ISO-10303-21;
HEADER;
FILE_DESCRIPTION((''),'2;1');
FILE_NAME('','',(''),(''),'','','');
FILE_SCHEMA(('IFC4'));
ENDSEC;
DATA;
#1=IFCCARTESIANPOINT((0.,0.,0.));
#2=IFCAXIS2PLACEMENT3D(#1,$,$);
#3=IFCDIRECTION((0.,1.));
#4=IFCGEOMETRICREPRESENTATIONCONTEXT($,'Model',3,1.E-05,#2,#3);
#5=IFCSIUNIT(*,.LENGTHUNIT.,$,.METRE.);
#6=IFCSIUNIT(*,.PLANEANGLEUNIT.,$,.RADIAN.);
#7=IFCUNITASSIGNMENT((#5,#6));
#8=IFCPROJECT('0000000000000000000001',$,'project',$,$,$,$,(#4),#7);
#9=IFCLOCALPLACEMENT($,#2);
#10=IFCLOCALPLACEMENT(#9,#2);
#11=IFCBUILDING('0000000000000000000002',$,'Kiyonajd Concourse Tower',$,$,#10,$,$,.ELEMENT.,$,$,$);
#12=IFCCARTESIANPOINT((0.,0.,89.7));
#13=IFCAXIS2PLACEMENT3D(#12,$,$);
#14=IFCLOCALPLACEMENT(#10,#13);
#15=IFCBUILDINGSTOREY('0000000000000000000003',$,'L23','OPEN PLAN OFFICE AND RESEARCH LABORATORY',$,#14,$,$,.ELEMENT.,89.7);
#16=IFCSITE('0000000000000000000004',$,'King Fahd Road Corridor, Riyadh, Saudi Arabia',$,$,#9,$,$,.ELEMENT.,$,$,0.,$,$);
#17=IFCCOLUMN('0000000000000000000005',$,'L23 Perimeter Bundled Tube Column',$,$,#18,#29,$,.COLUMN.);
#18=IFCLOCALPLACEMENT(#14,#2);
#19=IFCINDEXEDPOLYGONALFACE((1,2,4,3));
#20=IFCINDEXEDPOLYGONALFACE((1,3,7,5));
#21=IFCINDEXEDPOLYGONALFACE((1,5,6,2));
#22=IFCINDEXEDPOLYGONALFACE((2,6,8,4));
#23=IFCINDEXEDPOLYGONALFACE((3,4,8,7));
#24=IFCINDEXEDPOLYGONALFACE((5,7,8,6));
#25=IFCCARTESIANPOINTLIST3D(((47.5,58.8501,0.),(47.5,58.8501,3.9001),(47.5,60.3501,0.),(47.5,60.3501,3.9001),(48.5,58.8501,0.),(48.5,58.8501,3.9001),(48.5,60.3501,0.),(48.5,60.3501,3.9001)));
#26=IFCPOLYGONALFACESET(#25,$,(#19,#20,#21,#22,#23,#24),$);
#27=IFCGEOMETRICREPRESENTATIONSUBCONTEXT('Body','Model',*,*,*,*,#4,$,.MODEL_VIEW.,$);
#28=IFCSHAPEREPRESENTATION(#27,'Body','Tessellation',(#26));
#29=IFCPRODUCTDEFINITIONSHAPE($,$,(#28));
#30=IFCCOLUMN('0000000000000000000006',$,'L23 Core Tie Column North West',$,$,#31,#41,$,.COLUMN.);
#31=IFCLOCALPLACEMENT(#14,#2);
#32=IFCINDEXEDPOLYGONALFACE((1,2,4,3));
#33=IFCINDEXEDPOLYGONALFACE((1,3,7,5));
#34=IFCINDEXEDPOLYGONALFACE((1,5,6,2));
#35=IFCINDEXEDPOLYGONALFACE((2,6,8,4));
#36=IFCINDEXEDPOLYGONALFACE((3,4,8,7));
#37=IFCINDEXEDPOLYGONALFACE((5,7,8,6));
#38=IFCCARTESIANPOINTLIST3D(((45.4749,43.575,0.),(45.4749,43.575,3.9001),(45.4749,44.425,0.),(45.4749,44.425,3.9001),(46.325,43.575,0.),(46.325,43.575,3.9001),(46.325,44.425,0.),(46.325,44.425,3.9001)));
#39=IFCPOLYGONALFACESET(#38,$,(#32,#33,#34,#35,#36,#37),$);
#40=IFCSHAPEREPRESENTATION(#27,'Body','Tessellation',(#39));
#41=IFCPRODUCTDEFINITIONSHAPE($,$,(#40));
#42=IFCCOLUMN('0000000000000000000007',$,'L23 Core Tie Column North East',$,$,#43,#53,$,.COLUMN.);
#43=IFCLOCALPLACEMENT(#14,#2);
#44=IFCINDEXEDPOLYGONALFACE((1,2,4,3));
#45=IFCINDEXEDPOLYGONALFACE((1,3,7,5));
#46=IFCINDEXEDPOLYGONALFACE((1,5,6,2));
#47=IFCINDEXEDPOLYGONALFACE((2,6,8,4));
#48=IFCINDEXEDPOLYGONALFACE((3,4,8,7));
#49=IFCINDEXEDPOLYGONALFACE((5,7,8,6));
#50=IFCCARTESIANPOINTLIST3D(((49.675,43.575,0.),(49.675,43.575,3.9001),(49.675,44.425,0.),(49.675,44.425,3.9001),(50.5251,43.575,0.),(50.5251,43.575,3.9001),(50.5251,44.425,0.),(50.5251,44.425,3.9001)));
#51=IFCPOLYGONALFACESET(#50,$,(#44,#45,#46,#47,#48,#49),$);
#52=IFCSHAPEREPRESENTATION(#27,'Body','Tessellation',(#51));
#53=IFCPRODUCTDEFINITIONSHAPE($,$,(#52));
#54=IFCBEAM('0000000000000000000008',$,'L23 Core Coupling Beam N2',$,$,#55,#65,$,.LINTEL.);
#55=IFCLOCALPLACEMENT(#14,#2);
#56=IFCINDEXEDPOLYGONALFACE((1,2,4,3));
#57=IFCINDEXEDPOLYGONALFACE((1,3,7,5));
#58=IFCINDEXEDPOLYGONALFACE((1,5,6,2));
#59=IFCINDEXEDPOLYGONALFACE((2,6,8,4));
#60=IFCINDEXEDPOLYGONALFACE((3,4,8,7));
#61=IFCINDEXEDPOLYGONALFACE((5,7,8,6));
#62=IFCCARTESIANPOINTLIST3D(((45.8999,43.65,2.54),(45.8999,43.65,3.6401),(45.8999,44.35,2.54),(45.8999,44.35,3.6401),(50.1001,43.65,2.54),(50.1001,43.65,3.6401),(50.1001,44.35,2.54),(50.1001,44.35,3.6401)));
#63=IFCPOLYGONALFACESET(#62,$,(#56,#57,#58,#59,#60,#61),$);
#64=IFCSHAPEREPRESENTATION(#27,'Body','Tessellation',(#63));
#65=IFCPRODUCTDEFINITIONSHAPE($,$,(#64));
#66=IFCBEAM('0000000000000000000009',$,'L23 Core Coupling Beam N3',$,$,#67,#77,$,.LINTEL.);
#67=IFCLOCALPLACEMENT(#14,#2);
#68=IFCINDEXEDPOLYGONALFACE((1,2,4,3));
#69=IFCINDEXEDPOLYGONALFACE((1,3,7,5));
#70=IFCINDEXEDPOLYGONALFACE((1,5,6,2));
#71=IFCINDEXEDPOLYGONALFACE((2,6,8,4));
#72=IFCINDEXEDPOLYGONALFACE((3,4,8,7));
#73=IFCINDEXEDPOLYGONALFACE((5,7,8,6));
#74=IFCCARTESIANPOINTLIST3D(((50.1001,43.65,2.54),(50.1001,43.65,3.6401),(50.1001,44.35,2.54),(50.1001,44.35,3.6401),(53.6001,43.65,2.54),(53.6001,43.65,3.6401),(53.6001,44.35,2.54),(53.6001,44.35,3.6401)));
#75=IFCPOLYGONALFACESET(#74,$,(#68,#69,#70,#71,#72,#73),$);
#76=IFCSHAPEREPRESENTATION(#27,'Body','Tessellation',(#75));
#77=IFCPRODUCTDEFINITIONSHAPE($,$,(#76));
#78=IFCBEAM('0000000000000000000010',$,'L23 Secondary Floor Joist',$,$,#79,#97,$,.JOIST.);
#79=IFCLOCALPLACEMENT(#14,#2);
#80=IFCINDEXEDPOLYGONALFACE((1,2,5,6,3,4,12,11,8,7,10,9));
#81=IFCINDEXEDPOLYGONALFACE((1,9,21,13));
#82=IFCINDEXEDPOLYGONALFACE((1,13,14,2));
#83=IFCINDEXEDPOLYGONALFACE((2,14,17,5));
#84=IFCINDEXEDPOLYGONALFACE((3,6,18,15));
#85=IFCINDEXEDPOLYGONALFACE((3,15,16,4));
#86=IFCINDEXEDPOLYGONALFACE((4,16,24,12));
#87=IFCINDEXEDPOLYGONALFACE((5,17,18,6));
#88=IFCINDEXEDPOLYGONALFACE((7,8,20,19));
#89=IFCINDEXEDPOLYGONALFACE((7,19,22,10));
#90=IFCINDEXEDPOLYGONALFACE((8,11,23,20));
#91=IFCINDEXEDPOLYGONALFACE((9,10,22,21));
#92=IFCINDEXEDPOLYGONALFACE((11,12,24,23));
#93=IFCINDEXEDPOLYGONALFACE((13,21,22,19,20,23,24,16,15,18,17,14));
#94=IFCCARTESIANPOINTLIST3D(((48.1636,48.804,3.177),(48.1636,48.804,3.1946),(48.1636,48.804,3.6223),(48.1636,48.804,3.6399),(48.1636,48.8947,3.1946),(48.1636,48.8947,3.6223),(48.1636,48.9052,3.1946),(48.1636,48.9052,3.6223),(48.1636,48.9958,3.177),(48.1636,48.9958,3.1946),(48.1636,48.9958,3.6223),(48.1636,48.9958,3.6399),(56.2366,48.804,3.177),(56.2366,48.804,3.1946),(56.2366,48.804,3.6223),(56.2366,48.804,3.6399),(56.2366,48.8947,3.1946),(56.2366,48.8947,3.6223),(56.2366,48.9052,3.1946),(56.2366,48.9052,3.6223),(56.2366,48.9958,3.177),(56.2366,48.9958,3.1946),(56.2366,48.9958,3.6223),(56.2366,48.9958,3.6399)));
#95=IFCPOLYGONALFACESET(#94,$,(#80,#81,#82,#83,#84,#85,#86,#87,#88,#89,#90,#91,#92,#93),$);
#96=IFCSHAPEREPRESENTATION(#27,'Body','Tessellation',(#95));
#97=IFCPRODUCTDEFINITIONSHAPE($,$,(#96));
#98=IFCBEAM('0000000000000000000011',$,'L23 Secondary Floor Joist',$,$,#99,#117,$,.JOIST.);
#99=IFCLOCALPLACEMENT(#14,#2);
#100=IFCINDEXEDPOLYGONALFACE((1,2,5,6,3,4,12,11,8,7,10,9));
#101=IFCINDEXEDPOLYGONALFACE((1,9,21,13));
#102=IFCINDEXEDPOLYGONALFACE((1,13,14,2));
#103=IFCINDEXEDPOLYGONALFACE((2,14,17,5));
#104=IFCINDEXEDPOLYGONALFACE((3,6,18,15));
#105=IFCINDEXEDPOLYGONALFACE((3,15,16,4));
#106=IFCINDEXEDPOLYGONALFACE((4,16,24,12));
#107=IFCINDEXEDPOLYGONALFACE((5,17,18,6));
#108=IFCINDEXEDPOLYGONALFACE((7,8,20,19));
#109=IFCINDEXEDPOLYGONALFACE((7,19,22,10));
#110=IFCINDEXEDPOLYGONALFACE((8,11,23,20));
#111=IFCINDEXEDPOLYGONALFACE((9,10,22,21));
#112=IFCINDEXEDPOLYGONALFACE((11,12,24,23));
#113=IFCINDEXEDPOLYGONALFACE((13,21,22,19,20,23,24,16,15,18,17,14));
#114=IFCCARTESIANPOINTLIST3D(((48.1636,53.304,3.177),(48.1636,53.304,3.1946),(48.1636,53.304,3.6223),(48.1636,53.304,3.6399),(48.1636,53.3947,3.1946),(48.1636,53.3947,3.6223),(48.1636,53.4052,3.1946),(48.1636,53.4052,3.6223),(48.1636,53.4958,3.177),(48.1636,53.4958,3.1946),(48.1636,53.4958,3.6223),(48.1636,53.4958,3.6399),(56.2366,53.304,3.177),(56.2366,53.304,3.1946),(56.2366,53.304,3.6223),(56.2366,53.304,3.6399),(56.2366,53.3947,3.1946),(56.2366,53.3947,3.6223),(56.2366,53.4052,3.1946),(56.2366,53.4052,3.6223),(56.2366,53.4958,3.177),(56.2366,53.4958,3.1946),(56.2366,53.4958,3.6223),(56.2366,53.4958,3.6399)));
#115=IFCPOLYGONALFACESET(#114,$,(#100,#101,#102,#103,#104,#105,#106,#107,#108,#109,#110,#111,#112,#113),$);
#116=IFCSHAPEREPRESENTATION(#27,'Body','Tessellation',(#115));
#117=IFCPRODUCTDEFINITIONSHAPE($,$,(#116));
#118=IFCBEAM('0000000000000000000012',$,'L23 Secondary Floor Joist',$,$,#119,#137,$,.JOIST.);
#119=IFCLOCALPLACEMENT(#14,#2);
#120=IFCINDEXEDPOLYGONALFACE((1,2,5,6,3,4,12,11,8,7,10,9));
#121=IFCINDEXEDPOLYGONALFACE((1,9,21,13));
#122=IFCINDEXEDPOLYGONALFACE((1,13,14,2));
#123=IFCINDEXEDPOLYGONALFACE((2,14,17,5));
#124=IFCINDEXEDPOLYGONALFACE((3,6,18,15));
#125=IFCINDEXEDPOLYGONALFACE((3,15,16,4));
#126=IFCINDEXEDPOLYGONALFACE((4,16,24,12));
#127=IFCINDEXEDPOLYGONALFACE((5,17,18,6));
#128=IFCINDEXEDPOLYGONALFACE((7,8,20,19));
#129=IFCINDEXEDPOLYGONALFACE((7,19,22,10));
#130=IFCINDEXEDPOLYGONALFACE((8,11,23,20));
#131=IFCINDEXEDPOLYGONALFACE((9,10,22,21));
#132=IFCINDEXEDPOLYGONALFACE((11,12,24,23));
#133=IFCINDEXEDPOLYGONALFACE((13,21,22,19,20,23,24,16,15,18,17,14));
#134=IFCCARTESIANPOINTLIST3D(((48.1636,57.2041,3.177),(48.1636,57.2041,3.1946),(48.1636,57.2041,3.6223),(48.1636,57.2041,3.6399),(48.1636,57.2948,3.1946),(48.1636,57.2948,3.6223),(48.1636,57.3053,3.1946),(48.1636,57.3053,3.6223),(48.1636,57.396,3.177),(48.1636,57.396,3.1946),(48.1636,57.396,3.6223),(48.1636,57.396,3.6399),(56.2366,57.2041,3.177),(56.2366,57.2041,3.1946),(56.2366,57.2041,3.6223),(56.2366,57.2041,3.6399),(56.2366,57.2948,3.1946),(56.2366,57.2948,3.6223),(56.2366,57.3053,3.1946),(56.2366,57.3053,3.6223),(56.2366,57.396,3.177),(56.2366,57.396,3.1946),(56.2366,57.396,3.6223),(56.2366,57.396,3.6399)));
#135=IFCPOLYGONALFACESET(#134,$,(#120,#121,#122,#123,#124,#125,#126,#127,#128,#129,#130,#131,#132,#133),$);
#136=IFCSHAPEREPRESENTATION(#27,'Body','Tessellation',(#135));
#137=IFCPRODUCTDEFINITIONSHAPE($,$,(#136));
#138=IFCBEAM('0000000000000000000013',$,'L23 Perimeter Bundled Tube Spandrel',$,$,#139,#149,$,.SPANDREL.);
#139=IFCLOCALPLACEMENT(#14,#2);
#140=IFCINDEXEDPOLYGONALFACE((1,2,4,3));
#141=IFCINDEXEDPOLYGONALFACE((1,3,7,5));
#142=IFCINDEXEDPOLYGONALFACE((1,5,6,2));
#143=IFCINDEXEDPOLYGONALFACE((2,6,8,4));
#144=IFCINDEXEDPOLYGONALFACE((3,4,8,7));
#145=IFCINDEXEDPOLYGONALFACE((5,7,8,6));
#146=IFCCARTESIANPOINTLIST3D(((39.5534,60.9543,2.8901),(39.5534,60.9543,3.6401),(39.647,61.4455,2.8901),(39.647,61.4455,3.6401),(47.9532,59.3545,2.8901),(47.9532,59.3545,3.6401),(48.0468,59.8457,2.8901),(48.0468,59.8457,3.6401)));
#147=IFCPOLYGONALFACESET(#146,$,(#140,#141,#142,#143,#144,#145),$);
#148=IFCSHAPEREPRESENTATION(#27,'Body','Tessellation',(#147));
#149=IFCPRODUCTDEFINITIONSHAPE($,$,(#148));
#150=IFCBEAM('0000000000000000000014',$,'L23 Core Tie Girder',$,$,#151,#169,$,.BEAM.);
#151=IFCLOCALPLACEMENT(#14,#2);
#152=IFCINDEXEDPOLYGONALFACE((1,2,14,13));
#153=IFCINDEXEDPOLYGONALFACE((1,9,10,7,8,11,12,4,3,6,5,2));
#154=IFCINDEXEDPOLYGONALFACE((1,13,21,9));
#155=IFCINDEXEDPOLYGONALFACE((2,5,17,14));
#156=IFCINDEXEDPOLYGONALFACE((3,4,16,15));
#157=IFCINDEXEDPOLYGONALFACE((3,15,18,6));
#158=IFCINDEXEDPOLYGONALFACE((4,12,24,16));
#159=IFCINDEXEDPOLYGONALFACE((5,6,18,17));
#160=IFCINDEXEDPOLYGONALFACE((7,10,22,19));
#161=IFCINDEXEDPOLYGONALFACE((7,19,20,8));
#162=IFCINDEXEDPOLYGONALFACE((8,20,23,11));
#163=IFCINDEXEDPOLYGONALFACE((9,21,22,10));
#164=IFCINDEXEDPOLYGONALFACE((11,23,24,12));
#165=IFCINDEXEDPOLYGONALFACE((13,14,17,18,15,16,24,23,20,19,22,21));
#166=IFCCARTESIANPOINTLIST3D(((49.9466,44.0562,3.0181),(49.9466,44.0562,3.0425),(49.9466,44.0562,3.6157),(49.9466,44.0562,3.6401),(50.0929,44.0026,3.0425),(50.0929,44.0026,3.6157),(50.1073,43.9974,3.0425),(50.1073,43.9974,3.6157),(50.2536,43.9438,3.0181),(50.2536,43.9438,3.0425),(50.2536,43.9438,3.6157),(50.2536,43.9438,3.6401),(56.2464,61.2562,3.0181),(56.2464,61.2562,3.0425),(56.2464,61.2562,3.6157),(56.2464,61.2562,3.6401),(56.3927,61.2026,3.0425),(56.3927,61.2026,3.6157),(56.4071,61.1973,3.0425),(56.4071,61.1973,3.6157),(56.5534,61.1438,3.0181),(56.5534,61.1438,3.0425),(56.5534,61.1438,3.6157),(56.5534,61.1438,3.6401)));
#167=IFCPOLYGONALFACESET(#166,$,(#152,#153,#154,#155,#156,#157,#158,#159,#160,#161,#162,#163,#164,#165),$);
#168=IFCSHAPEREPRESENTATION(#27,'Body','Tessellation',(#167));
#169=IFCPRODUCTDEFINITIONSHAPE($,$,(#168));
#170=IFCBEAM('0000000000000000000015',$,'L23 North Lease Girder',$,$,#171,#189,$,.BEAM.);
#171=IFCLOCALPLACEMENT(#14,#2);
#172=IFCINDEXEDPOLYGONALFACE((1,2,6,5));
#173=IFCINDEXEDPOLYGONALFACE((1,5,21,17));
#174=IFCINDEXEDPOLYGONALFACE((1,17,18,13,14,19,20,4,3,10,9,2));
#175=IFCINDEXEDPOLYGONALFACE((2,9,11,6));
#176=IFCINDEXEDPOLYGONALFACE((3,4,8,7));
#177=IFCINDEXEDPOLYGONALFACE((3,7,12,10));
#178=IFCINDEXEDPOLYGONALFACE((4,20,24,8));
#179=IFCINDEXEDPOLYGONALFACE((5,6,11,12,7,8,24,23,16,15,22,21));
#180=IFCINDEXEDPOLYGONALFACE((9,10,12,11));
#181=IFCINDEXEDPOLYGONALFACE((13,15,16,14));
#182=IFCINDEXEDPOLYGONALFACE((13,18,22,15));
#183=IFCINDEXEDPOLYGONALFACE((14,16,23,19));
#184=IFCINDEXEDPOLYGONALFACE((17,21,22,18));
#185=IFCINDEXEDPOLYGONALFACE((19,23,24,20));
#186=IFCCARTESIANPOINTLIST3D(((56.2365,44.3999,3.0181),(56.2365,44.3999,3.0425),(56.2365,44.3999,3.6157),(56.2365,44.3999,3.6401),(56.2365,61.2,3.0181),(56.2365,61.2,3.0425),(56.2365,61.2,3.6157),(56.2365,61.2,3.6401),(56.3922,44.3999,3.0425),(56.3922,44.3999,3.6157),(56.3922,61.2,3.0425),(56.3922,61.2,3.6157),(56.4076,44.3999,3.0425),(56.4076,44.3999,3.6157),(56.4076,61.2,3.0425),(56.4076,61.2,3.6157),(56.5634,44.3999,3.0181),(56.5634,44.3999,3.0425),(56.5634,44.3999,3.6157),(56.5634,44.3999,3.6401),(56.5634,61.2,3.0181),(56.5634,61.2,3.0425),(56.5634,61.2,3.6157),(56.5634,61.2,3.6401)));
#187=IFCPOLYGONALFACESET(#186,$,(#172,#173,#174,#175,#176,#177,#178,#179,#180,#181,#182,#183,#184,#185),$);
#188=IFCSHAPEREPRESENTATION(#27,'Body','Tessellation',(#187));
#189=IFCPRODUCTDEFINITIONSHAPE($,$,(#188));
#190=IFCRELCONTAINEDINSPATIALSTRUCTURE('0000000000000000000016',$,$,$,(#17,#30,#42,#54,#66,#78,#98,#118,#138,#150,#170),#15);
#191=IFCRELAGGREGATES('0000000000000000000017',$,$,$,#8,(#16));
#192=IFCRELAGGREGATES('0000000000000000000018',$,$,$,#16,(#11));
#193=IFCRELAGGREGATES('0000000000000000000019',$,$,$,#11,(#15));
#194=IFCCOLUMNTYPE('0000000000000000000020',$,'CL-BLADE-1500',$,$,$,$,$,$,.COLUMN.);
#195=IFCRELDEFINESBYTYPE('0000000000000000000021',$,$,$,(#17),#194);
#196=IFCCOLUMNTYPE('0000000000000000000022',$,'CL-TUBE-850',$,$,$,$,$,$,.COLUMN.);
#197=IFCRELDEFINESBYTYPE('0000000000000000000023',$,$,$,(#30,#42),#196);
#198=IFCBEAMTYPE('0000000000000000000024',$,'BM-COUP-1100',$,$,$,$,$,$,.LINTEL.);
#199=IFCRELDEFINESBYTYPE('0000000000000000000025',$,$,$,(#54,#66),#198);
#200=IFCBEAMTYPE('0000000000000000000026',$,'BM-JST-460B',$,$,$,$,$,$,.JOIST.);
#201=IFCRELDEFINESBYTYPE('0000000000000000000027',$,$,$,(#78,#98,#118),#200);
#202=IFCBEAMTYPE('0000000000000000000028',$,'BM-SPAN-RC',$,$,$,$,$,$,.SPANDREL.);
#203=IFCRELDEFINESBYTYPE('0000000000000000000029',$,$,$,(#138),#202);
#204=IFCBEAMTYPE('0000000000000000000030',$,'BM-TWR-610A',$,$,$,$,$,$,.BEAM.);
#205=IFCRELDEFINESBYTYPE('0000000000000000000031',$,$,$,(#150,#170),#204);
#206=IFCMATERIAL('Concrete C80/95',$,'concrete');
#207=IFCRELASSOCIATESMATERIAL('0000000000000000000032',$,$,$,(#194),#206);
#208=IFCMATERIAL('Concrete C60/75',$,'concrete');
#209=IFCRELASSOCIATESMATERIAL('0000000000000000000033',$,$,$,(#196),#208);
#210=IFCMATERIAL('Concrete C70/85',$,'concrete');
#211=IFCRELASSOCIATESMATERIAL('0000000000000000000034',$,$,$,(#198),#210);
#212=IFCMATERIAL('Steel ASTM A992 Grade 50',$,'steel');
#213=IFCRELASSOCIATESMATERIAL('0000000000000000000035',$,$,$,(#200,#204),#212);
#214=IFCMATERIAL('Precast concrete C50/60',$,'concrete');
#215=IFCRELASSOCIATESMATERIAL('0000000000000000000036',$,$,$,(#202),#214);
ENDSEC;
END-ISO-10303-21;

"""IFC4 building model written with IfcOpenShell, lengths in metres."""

from ifc_helpers import new_model, si_unit, direction, frame, origin, origin_2d, place, context, subcontext, project, spatial, rectangle, i_section, extrude, material, material_profile, profile_set, type_object, element, save


model = new_model("IFC4")

# Units and contexts
model_context = context("Model", 3, precision=1e-05, world=origin(), true_north=direction((0.0, 1.0)))
body_context = subcontext(model_context, "Body", "Model", "MODEL_VIEW")
ifc_project = project(units=[si_unit("LENGTHUNIT", "METRE"), si_unit("PLANEANGLEUNIT", "RADIAN")], contexts=[model_context])

# Site, building, storey
site_placement = place(None, origin())
site = spatial("IfcSite", under=ifc_project, at=site_placement, Name="King Fahd Road Corridor, Riyadh, Saudi Arabia", CompositionType="ELEMENT", RefElevation=0.0)
building_placement = place(site_placement, origin())
building = spatial("IfcBuilding", under=site, at=building_placement, Name="Kiyonajd Concourse Tower", CompositionType="ELEMENT")
storey_placement = place(building_placement, frame((0.0, 0.0, 89.7)))
storey = spatial("IfcBuildingStorey", under=building, at=storey_placement, Name="L23", Description="OPEN PLAN OFFICE AND RESEARCH LABORATORY", CompositionType="ELEMENT", Elevation=89.7)

# Columns
ifc_material_1 = material(Name="Concrete C80/95", Category="concrete")
ifc_material_profile_1 = material_profile(ifc_material_1, rectangle(XDim=1.0, YDim=1.5, at=origin_2d()), Name="RC-1500x1000")
ifc_profile_set_1 = profile_set([ifc_material_profile_1], Name="Concrete C80/95")
column_type_1 = type_object("IfcColumnType", Name="CL-BLADE-1500", PredefinedType="COLUMN", material=ifc_profile_set_1)
column_placement = place(storey_placement, frame((48.0, 59.6001, 0.0), z_axis=(0.0, 0.0, 1.0), x_axis=(1.0, 0.0, 0.0)))
element("IfcColumn", 1, at=column_placement, inside=storey, type_object=column_type_1, Name="L23 Perimeter Bundled Tube Column", PredefinedType="COLUMN", context=body_context, shape_type="SweptSolid", body=[
    extrude(rectangle(XDim=1.0, YDim=1.5, at=origin_2d()), origin(), (0.0, 0.0, 1.0), 3.9001),
])
ifc_material_2 = material(Name="Concrete C60/75", Category="concrete")
ifc_material_profile_2 = material_profile(ifc_material_2, rectangle(XDim=0.8501, YDim=0.8501, at=origin_2d()), Name="RC-850x850")
ifc_profile_set_2 = profile_set([ifc_material_profile_2], Name="Concrete C60/75")
column_type_2 = type_object("IfcColumnType", Name="CL-TUBE-850", PredefinedType="COLUMN", material=ifc_profile_set_2)
for number, where, z_axis, x_axis, name in (
    (2, (45.8999, 44.0, 0.0), (0.0, 0.0, 1.0), (1.0, 0.0, 0.0), "L23 Core Tie Column North West"),
    (3, (50.1001, 44.0, 0.0), (0.0, 0.0, 1.0), (1.0, 0.0, 0.0), "L23 Core Tie Column North East"),
):
    element("IfcColumn", number, at=place(storey_placement, frame(where, z_axis=z_axis, x_axis=x_axis)), inside=storey, type_object=column_type_2, Name=name, PredefinedType="COLUMN", context=body_context, shape_type="SweptSolid", body=[
        extrude(rectangle(XDim=0.8501, YDim=0.8501, at=origin_2d()), origin(), (0.0, 0.0, 1.0), 3.9001),
    ])

# Beams
ifc_material_3 = material(Name="Concrete C70/85", Category="concrete")
ifc_material_profile_3 = material_profile(ifc_material_3, rectangle(XDim=0.7, YDim=1.1001, at=origin_2d()), Name="RCBM-700x1100")
ifc_profile_set_3 = profile_set([ifc_material_profile_3], Name="Concrete C70/85")
beam_type_1 = type_object("IfcBeamType", Name="BM-COUP-1100", PredefinedType="LINTEL", material=ifc_profile_set_3)
beam_1_placement = place(storey_placement, frame((45.8999, 44.0, 3.0901), z_axis=(1.0, 0.0, 0.0), x_axis=(0.0, 1.0, 0.0)))
element("IfcBeam", 4, at=beam_1_placement, inside=storey, type_object=beam_type_1, Name="L23 Core Coupling Beam N2", PredefinedType="LINTEL", context=body_context, shape_type="SweptSolid", body=[
    extrude(rectangle(XDim=0.7, YDim=1.1001, at=origin_2d()), origin(), (0.0, 0.0, 1.0), 4.2002),
])
beam_2_placement = place(storey_placement, frame((50.1001, 44.0, 3.0901), z_axis=(1.0, 0.0, 0.0), x_axis=(0.0, 1.0, 0.0)))
element("IfcBeam", 5, at=beam_2_placement, inside=storey, type_object=beam_type_1, Name="L23 Core Coupling Beam N3", PredefinedType="LINTEL", context=body_context, shape_type="SweptSolid", body=[
    extrude(rectangle(XDim=0.7, YDim=1.1001, at=origin_2d()), origin(), (0.0, 0.0, 1.0), 3.5),
])
ifc_material_4 = material(Name="Steel ASTM A992 Grade 50", Category="steel")
ifc_material_profile_4 = material_profile(ifc_material_4, i_section(OverallWidth=0.1919, OverallDepth=0.4629, WebThickness=0.0105, FlangeThickness=0.0176, at=origin_2d()), Name="W460X89")
ifc_profile_set_4 = profile_set([ifc_material_profile_4], Name="Steel ASTM A992 Grade 50")
beam_type_2 = type_object("IfcBeamType", Name="BM-JST-460B", PredefinedType="JOIST", material=ifc_profile_set_4)
for number, where, z_axis, x_axis, name in (
    (6, (48.1636, 48.8999, 3.4084), (1.0, 0.0, 0.0), (0.0, 1.0, 0.0), "L23 Secondary Floor Joist"),
    (7, (48.1636, 53.3999, 3.4084), (1.0, 0.0, 0.0), (0.0, 1.0, 0.0), "L23 Secondary Floor Joist"),
    (8, (48.1636, 57.3, 3.4084), (1.0, 0.0, 0.0), (0.0, 1.0, 0.0), "L23 Secondary Floor Joist"),
):
    element("IfcBeam", number, at=place(storey_placement, frame(where, z_axis=z_axis, x_axis=x_axis)), inside=storey, type_object=beam_type_2, Name=name, PredefinedType="JOIST", context=body_context, shape_type="SweptSolid", body=[
        extrude(i_section(OverallWidth=0.1919, OverallDepth=0.4629, WebThickness=0.0105, FlangeThickness=0.0176, at=origin_2d()), origin(), (0.0, 0.0, 1.0), 8.073),
    ])
ifc_material_5 = material(Name="Precast concrete C50/60", Category="concrete")
ifc_material_profile_5 = material_profile(ifc_material_5, rectangle(XDim=0.5, YDim=0.75, at=origin_2d()), Name="RCBM-500x750")
ifc_profile_set_5 = profile_set([ifc_material_profile_5], Name="Precast concrete C50/60")
beam_type_3 = type_object("IfcBeamType", Name="BM-SPAN-RC", PredefinedType="SPANDREL", material=ifc_profile_set_5)
beam_3_placement = place(storey_placement, frame((48.0, 59.6001, 3.2651), z_axis=(-0.982341, 0.187098, 0.0), x_axis=(-0.187098, -0.982341, 0.0)))
element("IfcBeam", 9, at=beam_3_placement, inside=storey, type_object=beam_type_3, Name="L23 Perimeter Bundled Tube Spandrel", PredefinedType="SPANDREL", context=body_context, shape_type="SweptSolid", body=[
    extrude(rectangle(XDim=0.5, YDim=0.75, at=origin_2d()), origin(), (0.0, 0.0, 1.0), 8.5508),
])
ifc_material_profile_6 = material_profile(ifc_material_4, i_section(OverallWidth=0.3269, OverallDepth=0.6221, WebThickness=0.0154, FlangeThickness=0.0244, at=origin_2d()), Name="W610X195")
ifc_profile_set_6 = profile_set([ifc_material_profile_6], Name="Steel ASTM A992 Grade 50")
beam_type_4 = type_object("IfcBeamType", Name="BM-TWR-610A", PredefinedType="BEAM", material=ifc_profile_set_6)
beam_4_placement = place(storey_placement, frame((50.1001, 44.0, 3.3291), z_axis=(0.343925, 0.938997, 0.0), x_axis=(-0.938997, 0.343925, 0.0)))
element("IfcBeam", 10, at=beam_4_placement, inside=storey, type_object=beam_type_4, Name="L23 Core Tie Girder", PredefinedType="BEAM", context=body_context, shape_type="SweptSolid", body=[
    extrude(i_section(OverallWidth=0.3269, OverallDepth=0.6221, WebThickness=0.0154, FlangeThickness=0.0244, at=origin_2d()), origin(), (0.0, 0.0, 1.0), 18.3174),
])
beam_5_placement = place(storey_placement, frame((56.3999, 44.3999, 3.3291), z_axis=(0.0, 1.0, 0.0), x_axis=(-1.0, 0.0, 0.0)))
element("IfcBeam", 11, at=beam_5_placement, inside=storey, type_object=beam_type_4, Name="L23 North Lease Girder", PredefinedType="BEAM", context=body_context, shape_type="SweptSolid", body=[
    extrude(i_section(OverallWidth=0.3269, OverallDepth=0.6221, WebThickness=0.0154, FlangeThickness=0.0244, at=origin_2d()), origin(), (0.0, 0.0, 1.0), 16.8),
])

save(model, "model.ifc")
